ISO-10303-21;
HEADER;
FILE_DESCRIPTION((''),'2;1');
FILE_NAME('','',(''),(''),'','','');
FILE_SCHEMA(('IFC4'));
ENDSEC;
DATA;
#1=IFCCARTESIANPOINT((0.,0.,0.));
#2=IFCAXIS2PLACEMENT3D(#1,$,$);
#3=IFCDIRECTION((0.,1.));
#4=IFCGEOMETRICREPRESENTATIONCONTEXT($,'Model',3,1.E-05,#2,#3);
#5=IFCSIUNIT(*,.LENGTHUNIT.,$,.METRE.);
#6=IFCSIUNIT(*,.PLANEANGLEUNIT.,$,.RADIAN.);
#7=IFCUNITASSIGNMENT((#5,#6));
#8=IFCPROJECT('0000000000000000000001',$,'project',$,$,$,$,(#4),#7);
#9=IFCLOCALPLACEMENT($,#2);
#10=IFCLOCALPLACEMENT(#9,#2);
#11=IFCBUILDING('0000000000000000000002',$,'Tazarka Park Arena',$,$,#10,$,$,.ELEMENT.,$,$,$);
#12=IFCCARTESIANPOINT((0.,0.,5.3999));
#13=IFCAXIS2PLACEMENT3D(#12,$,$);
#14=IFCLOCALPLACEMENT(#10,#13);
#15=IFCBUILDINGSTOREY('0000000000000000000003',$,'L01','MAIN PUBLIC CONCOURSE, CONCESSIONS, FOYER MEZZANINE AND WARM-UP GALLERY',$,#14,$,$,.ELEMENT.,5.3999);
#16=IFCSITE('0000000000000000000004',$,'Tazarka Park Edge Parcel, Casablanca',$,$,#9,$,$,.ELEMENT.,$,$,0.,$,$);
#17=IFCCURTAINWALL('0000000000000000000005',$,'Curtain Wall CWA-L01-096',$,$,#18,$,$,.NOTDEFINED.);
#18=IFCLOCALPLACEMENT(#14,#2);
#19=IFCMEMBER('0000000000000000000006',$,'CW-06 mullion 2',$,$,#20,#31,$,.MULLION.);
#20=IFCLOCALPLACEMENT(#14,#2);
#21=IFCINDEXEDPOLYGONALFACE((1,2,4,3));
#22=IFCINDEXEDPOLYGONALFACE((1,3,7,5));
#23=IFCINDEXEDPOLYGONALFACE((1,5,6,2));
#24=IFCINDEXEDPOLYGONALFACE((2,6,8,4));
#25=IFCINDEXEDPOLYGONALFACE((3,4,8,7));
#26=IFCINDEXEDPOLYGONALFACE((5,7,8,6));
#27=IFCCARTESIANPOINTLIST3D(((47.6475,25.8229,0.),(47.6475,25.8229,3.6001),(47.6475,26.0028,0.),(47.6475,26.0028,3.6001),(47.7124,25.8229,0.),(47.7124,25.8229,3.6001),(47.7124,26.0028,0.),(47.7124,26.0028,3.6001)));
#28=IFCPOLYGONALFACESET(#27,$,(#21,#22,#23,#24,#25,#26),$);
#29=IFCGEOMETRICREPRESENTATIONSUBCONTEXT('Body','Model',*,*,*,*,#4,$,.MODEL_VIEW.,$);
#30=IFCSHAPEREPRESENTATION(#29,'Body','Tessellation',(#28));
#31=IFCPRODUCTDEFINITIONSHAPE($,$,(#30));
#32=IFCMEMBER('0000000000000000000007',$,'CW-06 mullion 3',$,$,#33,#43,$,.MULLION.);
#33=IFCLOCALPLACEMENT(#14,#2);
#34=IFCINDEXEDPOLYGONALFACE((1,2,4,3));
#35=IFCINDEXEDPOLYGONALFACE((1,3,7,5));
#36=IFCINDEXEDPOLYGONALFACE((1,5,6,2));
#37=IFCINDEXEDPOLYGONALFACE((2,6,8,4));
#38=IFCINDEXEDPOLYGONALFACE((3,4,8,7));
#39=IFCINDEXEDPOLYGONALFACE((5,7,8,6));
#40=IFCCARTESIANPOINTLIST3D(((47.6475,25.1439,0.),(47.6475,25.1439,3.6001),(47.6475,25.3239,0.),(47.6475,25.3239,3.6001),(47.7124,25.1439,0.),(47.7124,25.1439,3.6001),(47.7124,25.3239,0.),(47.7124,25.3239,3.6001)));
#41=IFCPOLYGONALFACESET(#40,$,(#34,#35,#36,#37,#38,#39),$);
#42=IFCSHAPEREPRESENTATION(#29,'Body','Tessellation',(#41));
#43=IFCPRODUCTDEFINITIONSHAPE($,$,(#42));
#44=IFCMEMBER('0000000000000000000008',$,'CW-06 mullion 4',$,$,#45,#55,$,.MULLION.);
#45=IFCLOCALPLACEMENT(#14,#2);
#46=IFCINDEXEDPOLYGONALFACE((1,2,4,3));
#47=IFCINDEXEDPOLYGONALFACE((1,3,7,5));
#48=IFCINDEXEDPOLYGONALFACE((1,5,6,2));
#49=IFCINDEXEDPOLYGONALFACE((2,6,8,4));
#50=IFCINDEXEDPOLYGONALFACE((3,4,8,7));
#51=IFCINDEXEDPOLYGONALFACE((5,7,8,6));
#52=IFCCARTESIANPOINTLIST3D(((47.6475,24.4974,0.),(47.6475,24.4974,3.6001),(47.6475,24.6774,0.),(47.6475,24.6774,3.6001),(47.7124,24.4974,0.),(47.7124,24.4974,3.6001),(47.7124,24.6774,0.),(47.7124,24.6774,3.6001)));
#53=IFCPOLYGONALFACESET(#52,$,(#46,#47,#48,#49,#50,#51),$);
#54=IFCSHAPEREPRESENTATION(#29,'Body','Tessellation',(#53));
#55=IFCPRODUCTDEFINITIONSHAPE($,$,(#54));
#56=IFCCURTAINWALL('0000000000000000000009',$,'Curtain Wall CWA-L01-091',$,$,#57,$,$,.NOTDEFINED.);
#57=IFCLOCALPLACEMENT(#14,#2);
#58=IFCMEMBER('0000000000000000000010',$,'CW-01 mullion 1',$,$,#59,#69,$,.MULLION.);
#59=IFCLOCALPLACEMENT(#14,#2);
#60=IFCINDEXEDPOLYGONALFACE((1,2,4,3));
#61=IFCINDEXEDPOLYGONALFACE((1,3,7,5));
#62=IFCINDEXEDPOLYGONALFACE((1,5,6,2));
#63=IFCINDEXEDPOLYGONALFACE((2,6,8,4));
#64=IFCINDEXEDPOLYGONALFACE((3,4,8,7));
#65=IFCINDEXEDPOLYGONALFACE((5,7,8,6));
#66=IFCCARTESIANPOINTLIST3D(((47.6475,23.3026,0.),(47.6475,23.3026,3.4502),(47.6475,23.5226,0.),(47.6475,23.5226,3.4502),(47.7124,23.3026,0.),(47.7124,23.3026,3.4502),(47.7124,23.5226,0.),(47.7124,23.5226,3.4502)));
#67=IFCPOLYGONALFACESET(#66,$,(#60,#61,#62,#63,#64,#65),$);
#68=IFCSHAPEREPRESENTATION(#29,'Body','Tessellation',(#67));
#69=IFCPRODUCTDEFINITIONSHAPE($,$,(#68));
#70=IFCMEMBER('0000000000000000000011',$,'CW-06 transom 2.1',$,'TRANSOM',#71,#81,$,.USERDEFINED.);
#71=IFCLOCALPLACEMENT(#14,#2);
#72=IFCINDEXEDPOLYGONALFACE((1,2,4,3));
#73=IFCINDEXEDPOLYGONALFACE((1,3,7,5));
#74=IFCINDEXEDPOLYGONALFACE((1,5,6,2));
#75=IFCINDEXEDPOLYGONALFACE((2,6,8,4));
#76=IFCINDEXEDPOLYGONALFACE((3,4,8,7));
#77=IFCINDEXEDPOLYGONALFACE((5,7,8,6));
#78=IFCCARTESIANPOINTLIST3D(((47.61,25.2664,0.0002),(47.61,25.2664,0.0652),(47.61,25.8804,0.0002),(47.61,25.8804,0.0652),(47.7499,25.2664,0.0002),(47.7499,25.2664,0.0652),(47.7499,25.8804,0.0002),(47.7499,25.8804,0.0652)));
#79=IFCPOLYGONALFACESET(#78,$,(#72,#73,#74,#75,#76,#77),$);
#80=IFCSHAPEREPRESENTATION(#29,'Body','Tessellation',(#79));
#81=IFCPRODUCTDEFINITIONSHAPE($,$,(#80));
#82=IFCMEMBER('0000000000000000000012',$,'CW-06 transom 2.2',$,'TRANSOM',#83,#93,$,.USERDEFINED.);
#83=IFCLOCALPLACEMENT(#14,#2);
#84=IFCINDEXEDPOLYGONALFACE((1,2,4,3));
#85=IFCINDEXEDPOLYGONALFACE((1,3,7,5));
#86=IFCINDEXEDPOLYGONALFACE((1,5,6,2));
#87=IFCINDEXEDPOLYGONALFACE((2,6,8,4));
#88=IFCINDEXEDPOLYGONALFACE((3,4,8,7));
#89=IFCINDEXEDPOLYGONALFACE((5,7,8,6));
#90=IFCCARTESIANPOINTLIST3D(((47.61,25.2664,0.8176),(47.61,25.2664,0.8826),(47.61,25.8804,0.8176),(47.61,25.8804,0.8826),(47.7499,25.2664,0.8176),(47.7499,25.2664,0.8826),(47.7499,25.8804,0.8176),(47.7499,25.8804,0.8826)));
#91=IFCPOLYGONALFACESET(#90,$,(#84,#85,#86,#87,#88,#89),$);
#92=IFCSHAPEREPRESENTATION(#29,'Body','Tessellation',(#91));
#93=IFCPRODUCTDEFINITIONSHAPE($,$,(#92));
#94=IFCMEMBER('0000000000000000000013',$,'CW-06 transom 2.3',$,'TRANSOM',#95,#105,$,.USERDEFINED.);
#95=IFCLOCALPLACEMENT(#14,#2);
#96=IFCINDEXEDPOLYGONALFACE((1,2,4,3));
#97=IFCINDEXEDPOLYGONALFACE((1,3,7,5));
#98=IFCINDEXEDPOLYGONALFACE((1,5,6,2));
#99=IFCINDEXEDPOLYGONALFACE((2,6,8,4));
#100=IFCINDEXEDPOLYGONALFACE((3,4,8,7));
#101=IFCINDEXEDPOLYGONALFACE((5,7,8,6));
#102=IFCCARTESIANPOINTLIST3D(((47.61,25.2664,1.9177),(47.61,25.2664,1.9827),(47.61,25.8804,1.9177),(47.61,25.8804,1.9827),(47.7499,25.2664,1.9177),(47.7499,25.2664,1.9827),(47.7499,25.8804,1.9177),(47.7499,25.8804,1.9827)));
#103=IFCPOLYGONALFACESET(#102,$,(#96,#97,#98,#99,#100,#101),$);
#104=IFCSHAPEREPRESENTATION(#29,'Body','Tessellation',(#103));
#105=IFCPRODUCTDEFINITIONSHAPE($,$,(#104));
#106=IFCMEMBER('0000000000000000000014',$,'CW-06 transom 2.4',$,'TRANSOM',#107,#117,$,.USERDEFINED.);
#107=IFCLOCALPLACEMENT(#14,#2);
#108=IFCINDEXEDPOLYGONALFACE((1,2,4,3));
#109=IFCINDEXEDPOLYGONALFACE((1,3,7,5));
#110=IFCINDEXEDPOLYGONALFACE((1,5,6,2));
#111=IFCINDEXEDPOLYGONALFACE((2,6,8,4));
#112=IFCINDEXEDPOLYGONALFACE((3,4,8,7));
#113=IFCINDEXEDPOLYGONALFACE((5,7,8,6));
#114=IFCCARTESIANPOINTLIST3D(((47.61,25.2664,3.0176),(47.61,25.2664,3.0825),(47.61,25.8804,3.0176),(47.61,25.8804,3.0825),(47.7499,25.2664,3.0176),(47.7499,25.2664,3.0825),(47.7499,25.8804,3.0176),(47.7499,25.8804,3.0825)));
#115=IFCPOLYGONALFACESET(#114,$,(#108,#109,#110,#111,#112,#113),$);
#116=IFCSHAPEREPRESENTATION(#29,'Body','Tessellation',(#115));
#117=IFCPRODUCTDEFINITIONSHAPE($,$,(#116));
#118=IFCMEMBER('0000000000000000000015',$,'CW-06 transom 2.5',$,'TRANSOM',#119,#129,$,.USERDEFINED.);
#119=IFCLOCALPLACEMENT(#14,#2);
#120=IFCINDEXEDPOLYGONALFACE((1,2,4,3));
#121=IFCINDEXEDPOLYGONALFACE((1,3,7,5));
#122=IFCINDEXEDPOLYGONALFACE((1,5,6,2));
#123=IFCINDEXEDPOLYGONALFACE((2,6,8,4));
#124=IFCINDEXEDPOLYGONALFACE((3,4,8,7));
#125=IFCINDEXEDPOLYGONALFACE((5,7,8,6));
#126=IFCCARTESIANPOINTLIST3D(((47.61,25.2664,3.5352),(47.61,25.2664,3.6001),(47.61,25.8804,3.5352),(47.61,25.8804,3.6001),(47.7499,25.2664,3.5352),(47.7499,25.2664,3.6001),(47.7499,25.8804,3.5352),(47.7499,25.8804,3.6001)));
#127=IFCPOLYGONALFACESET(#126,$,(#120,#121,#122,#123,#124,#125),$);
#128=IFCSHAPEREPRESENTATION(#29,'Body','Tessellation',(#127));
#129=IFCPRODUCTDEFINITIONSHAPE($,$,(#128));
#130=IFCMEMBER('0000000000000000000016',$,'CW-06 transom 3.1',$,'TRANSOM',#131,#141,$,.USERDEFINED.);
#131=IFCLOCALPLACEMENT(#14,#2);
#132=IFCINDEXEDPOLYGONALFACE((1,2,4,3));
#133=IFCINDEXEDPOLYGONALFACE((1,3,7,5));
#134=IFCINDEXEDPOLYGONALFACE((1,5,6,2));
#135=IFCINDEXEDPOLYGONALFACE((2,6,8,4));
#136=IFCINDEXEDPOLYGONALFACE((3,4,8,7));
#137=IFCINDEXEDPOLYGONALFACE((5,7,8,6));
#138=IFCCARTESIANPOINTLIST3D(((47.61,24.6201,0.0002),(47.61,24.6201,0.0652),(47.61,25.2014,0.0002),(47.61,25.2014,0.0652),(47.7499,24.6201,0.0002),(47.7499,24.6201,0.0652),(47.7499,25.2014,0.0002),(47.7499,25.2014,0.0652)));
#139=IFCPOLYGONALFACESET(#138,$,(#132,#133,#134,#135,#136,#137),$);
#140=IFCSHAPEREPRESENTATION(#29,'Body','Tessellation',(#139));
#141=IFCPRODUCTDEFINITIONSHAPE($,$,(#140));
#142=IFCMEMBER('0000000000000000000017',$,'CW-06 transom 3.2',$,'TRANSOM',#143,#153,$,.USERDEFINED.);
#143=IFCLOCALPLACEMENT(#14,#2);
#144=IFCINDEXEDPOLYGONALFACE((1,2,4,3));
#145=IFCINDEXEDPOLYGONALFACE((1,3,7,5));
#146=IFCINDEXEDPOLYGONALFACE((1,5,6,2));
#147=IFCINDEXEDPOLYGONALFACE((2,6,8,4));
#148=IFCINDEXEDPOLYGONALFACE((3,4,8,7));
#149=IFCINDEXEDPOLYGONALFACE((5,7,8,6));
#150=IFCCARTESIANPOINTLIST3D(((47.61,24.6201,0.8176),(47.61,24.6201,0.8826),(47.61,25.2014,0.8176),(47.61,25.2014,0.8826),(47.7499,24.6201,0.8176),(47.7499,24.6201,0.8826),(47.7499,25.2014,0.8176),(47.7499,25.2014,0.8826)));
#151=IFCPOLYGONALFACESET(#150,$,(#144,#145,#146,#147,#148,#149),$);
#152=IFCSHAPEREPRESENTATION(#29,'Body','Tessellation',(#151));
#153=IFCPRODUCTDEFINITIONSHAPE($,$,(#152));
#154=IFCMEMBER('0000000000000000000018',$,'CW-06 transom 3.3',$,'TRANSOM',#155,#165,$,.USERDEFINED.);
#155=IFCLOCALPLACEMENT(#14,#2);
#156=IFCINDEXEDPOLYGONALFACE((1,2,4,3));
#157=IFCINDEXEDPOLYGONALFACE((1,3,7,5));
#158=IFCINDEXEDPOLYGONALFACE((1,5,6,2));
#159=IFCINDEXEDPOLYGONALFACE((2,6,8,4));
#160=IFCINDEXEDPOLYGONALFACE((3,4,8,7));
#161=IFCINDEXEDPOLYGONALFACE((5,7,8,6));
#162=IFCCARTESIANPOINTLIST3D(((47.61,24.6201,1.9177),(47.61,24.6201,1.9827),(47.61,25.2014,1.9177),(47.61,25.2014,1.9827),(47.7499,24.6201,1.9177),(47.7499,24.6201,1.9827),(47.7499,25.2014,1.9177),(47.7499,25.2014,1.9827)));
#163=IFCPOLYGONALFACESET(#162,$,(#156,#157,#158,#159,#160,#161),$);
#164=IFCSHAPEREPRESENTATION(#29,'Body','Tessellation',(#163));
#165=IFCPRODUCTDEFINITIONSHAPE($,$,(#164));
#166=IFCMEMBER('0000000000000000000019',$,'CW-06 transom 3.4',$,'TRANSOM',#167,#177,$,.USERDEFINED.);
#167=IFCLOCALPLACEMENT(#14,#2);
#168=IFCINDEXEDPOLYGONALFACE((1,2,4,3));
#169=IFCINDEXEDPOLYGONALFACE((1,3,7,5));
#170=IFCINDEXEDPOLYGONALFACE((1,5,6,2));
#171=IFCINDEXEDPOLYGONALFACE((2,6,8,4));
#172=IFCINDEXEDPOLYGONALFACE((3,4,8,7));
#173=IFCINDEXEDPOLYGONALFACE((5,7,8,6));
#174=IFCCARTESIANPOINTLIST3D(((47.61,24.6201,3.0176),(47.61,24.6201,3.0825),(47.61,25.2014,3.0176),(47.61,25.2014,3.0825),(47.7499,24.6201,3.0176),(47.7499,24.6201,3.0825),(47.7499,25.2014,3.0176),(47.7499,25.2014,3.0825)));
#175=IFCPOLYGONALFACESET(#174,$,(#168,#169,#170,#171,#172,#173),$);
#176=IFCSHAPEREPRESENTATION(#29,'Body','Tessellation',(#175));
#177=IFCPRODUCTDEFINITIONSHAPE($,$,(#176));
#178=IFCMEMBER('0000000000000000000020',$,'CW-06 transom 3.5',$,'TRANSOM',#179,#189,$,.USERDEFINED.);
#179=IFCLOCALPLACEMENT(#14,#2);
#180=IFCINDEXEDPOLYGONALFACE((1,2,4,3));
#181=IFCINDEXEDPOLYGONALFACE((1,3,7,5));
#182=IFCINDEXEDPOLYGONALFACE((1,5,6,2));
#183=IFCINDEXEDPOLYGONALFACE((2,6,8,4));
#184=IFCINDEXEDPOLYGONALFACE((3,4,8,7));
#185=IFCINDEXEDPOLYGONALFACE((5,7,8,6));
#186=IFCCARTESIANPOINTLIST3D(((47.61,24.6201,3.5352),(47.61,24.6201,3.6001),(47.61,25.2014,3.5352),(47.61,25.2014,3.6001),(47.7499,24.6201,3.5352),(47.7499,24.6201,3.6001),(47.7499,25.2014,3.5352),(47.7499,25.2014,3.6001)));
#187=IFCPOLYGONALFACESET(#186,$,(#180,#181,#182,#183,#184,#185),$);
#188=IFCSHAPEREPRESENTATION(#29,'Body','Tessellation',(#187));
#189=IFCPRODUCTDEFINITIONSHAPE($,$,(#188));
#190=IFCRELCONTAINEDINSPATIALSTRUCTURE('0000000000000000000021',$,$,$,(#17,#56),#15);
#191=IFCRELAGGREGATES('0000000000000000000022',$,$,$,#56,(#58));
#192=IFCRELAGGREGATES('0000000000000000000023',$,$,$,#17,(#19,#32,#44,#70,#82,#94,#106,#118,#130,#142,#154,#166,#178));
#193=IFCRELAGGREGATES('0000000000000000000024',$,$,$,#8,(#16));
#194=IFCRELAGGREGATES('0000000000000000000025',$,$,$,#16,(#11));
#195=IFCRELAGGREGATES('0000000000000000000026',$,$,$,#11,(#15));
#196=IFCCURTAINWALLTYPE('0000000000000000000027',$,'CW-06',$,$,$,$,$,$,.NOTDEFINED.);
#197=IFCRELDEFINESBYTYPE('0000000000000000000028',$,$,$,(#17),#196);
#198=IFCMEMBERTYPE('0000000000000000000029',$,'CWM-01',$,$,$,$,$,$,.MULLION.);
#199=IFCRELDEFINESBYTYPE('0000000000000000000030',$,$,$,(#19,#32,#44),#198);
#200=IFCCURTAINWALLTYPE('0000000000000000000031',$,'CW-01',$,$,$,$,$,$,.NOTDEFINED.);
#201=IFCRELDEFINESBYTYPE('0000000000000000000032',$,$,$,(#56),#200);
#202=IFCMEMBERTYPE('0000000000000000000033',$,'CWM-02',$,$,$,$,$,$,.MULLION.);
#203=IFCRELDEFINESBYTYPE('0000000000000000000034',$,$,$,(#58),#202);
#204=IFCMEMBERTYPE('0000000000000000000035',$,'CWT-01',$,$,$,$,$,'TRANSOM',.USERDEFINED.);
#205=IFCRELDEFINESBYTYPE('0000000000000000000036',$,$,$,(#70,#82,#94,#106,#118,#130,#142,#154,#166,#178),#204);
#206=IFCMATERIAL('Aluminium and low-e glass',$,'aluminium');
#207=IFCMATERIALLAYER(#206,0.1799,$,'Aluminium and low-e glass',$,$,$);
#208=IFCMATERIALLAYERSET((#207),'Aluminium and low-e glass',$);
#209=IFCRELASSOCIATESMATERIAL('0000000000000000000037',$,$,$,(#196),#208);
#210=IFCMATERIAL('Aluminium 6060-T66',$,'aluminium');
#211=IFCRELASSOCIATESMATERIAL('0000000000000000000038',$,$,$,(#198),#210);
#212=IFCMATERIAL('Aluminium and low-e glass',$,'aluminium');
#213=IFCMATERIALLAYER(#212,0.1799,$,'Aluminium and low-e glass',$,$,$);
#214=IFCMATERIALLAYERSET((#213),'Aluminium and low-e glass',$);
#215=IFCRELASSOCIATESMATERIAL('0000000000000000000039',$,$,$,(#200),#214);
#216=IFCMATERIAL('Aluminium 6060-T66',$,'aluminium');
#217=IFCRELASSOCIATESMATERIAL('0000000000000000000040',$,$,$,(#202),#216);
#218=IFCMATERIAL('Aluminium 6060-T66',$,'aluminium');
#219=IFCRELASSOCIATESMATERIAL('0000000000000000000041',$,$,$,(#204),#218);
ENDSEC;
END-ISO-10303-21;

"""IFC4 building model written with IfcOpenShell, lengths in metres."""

from ifc_helpers import new_model, si_unit, direction, frame, origin, origin_2d, place, context, subcontext, project, spatial, rectangle, extrude, material, layer, layer_set, material_profile, profile_set, type_object, element, aggregate, save


model = new_model("IFC4")

# Units and contexts
model_context = context("Model", 3, precision=1e-05, world=origin(), true_north=direction((0.0, 1.0)))
body_context = subcontext(model_context, "Body", "Model", "MODEL_VIEW")
ifc_project = project(units=[si_unit("LENGTHUNIT", "METRE"), si_unit("PLANEANGLEUNIT", "RADIAN")], contexts=[model_context])

# Site, building, storey
site_placement = place(None, origin())
site = spatial("IfcSite", under=ifc_project, at=site_placement, Name="Tazarka Park Edge Parcel, Casablanca", CompositionType="ELEMENT", RefElevation=0.0)
building_placement = place(site_placement, origin())
building = spatial("IfcBuilding", under=site, at=building_placement, Name="Tazarka Park Arena", CompositionType="ELEMENT")
storey_placement = place(building_placement, frame((0.0, 0.0, 5.3999)))
storey = spatial("IfcBuildingStorey", under=building, at=storey_placement, Name="L01", Description="MAIN PUBLIC CONCOURSE, CONCESSIONS, FOYER MEZZANINE AND WARM-UP GALLERY", CompositionType="ELEMENT", Elevation=5.3999)

# Curtain wall, members
ifc_material_1 = material(Name="Aluminium and low-e glass", Category="aluminium")
ifc_layer_1 = layer(ifc_material_1, 0.1799, Name="Aluminium and low-e glass")
ifc_layer_set_1 = layer_set([ifc_layer_1], Name="Aluminium and low-e glass")
curtain_wall_type_1 = type_object("IfcCurtainWallType", Name="CW-06", PredefinedType="NOTDEFINED", material=ifc_layer_set_1)
curtain_wall_1_placement = place(storey_placement, origin())
curtain_wall_1 = element("IfcCurtainWall", 1, at=curtain_wall_1_placement, inside=storey, type_object=curtain_wall_type_1, Name="Curtain Wall CWA-L01-096", PredefinedType="NOTDEFINED")
ifc_material_2 = material(Name="Aluminium 6060-T66", Category="aluminium")
ifc_material_profile_1 = material_profile(ifc_material_2, rectangle(XDim=0.0649, YDim=0.1799, at=origin_2d()), Name="Aluminium 6060-T66")
ifc_profile_set_1 = profile_set([ifc_material_profile_1], Name="Aluminium 6060-T66")
member_type_1 = type_object("IfcMemberType", Name="CWM-01", PredefinedType="MULLION", material=ifc_profile_set_1)
member_1_placement = place(storey_placement, frame((47.6799, 25.9128, 0.0), z_axis=(0.0, 0.0, 1.0), x_axis=(1.0, 0.0, 0.0)))
member_1 = element("IfcMember", 2, at=member_1_placement, type_object=member_type_1, Name="CW-06 mullion 2", PredefinedType="MULLION", context=body_context, shape_type="SweptSolid", body=[
    extrude(rectangle(XDim=0.0649, YDim=0.1799, at=origin_2d()), origin(), (0.0, 0.0, 1.0), 3.6001),
])
member_2_placement = place(storey_placement, frame((47.6799, 25.2339, 0.0), z_axis=(0.0, 0.0, 1.0), x_axis=(1.0, 0.0, 0.0)))
member_2 = element("IfcMember", 3, at=member_2_placement, type_object=member_type_1, Name="CW-06 mullion 3", PredefinedType="MULLION", context=body_context, shape_type="SweptSolid", body=[
    extrude(rectangle(XDim=0.0649, YDim=0.1799, at=origin_2d()), origin(), (0.0, 0.0, 1.0), 3.6001),
])
member_3_placement = place(storey_placement, frame((47.6799, 24.5874, 0.0), z_axis=(0.0, 0.0, 1.0), x_axis=(1.0, 0.0, 0.0)))
member_3 = element("IfcMember", 4, at=member_3_placement, type_object=member_type_1, Name="CW-06 mullion 4", PredefinedType="MULLION", context=body_context, shape_type="SweptSolid", body=[
    extrude(rectangle(XDim=0.0649, YDim=0.1799, at=origin_2d()), origin(), (0.0, 0.0, 1.0), 3.6001),
])

# Curtain wall, member
ifc_material_3 = material(Name="Aluminium and low-e glass", Category="aluminium")
ifc_layer_2 = layer(ifc_material_3, 0.1799, Name="Aluminium and low-e glass")
ifc_layer_set_2 = layer_set([ifc_layer_2], Name="Aluminium and low-e glass")
curtain_wall_type_2 = type_object("IfcCurtainWallType", Name="CW-01", PredefinedType="NOTDEFINED", material=ifc_layer_set_2)
curtain_wall_2_placement = place(storey_placement, origin())
curtain_wall_2 = element("IfcCurtainWall", 5, at=curtain_wall_2_placement, inside=storey, type_object=curtain_wall_type_2, Name="Curtain Wall CWA-L01-091", PredefinedType="NOTDEFINED")
ifc_material_4 = material(Name="Aluminium 6060-T66", Category="aluminium")
ifc_material_profile_2 = material_profile(ifc_material_4, rectangle(XDim=0.0649, YDim=0.22, at=origin_2d()), Name="Aluminium 6060-T66")
ifc_profile_set_2 = profile_set([ifc_material_profile_2], Name="Aluminium 6060-T66")
member_type_2 = type_object("IfcMemberType", Name="CWM-02", PredefinedType="MULLION", material=ifc_profile_set_2)
member_4_placement = place(storey_placement, frame((47.6799, 23.4126, 0.0), z_axis=(0.0, 0.0, 1.0), x_axis=(1.0, 0.0, 0.0)))
member_4 = element("IfcMember", 6, at=member_4_placement, type_object=member_type_2, Name="CW-01 mullion 1", PredefinedType="MULLION", context=body_context, shape_type="SweptSolid", body=[
    extrude(rectangle(XDim=0.0649, YDim=0.22, at=origin_2d()), origin(), (0.0, 0.0, 1.0), 3.4502),
])

# Members
ifc_material_5 = material(Name="Aluminium 6060-T66", Category="aluminium")
ifc_material_profile_3 = material_profile(ifc_material_5, rectangle(XDim=0.1399, YDim=0.0649, at=origin_2d()), Name="Aluminium 6060-T66")
ifc_profile_set_3 = profile_set([ifc_material_profile_3], Name="Aluminium 6060-T66")
member_type_3 = type_object("IfcMemberType", Name="CWT-01", ElementType="TRANSOM", PredefinedType="USERDEFINED", material=ifc_profile_set_3)
member_5_placement = place(storey_placement, frame((47.6799, 25.8804, 0.0327), z_axis=(0.0, -1.0, 0.0), x_axis=(1.0, 0.0, 0.0)))
member_5 = element("IfcMember", 7, at=member_5_placement, type_object=member_type_3, Name="CW-06 transom 2.1", ObjectType="TRANSOM", PredefinedType="USERDEFINED", context=body_context, shape_type="SweptSolid", body=[
    extrude(rectangle(XDim=0.1399, YDim=0.0649, at=origin_2d()), origin(), (0.0, 0.0, 1.0), 0.614),
])
member_6_placement = place(storey_placement, frame((47.6799, 25.8804, 0.8501), z_axis=(0.0, -1.0, 0.0), x_axis=(1.0, 0.0, 0.0)))
member_6 = element("IfcMember", 8, at=member_6_placement, type_object=member_type_3, Name="CW-06 transom 2.2", ObjectType="TRANSOM", PredefinedType="USERDEFINED", context=body_context, shape_type="SweptSolid", body=[
    extrude(rectangle(XDim=0.1399, YDim=0.0649, at=origin_2d()), origin(), (0.0, 0.0, 1.0), 0.614),
])
member_7_placement = place(storey_placement, frame((47.6799, 25.8804, 1.9502), z_axis=(0.0, -1.0, 0.0), x_axis=(1.0, 0.0, 0.0)))
member_7 = element("IfcMember", 9, at=member_7_placement, type_object=member_type_3, Name="CW-06 transom 2.3", ObjectType="TRANSOM", PredefinedType="USERDEFINED", context=body_context, shape_type="SweptSolid", body=[
    extrude(rectangle(XDim=0.1399, YDim=0.0649, at=origin_2d()), origin(), (0.0, 0.0, 1.0), 0.614),
])
member_8_placement = place(storey_placement, frame((47.6799, 25.8804, 3.05), z_axis=(0.0, -1.0, 0.0), x_axis=(1.0, 0.0, 0.0)))
member_8 = element("IfcMember", 10, at=member_8_placement, type_object=member_type_3, Name="CW-06 transom 2.4", ObjectType="TRANSOM", PredefinedType="USERDEFINED", context=body_context, shape_type="SweptSolid", body=[
    extrude(rectangle(XDim=0.1399, YDim=0.0649, at=origin_2d()), origin(), (0.0, 0.0, 1.0), 0.614),
])
member_9_placement = place(storey_placement, frame((47.6799, 25.8804, 3.5676), z_axis=(0.0, -1.0, 0.0), x_axis=(1.0, 0.0, 0.0)))
member_9 = element("IfcMember", 11, at=member_9_placement, type_object=member_type_3, Name="CW-06 transom 2.5", ObjectType="TRANSOM", PredefinedType="USERDEFINED", context=body_context, shape_type="SweptSolid", body=[
    extrude(rectangle(XDim=0.1399, YDim=0.0649, at=origin_2d()), origin(), (0.0, 0.0, 1.0), 0.614),
])
member_10_placement = place(storey_placement, frame((47.6799, 25.2014, 0.0327), z_axis=(0.0, -1.0, 0.0), x_axis=(1.0, 0.0, 0.0)))
member_10 = element("IfcMember", 12, at=member_10_placement, type_object=member_type_3, Name="CW-06 transom 3.1", ObjectType="TRANSOM", PredefinedType="USERDEFINED", context=body_context, shape_type="SweptSolid", body=[
    extrude(rectangle(XDim=0.1399, YDim=0.0649, at=origin_2d()), origin(), (0.0, 0.0, 1.0), 0.5813),
])
member_11_placement = place(storey_placement, frame((47.6799, 25.2014, 0.8501), z_axis=(0.0, -1.0, 0.0), x_axis=(1.0, 0.0, 0.0)))
member_11 = element("IfcMember", 13, at=member_11_placement, type_object=member_type_3, Name="CW-06 transom 3.2", ObjectType="TRANSOM", PredefinedType="USERDEFINED", context=body_context, shape_type="SweptSolid", body=[
    extrude(rectangle(XDim=0.1399, YDim=0.0649, at=origin_2d()), origin(), (0.0, 0.0, 1.0), 0.5813),
])
member_12_placement = place(storey_placement, frame((47.6799, 25.2014, 1.9502), z_axis=(0.0, -1.0, 0.0), x_axis=(1.0, 0.0, 0.0)))
member_12 = element("IfcMember", 14, at=member_12_placement, type_object=member_type_3, Name="CW-06 transom 3.3", ObjectType="TRANSOM", PredefinedType="USERDEFINED", context=body_context, shape_type="SweptSolid", body=[
    extrude(rectangle(XDim=0.1399, YDim=0.0649, at=origin_2d()), origin(), (0.0, 0.0, 1.0), 0.5813),
])
member_13_placement = place(storey_placement, frame((47.6799, 25.2014, 3.05), z_axis=(0.0, -1.0, 0.0), x_axis=(1.0, 0.0, 0.0)))
member_13 = element("IfcMember", 15, at=member_13_placement, type_object=member_type_3, Name="CW-06 transom 3.4", ObjectType="TRANSOM", PredefinedType="USERDEFINED", context=body_context, shape_type="SweptSolid", body=[
    extrude(rectangle(XDim=0.1399, YDim=0.0649, at=origin_2d()), origin(), (0.0, 0.0, 1.0), 0.5813),
])
member_14_placement = place(storey_placement, frame((47.6799, 25.2014, 3.5676), z_axis=(0.0, -1.0, 0.0), x_axis=(1.0, 0.0, 0.0)))
member_14 = element("IfcMember", 16, at=member_14_placement, type_object=member_type_3, Name="CW-06 transom 3.5", ObjectType="TRANSOM", PredefinedType="USERDEFINED", context=body_context, shape_type="SweptSolid", body=[
    extrude(rectangle(XDim=0.1399, YDim=0.0649, at=origin_2d()), origin(), (0.0, 0.0, 1.0), 0.5813),
])
aggregate(curtain_wall_2, [member_4])

aggregate(curtain_wall_1, [member_1, member_2, member_3, member_5, member_6, member_7, member_8, member_9, member_10, member_11, member_12, member_13, member_14])

save(model, "model.ifc")
